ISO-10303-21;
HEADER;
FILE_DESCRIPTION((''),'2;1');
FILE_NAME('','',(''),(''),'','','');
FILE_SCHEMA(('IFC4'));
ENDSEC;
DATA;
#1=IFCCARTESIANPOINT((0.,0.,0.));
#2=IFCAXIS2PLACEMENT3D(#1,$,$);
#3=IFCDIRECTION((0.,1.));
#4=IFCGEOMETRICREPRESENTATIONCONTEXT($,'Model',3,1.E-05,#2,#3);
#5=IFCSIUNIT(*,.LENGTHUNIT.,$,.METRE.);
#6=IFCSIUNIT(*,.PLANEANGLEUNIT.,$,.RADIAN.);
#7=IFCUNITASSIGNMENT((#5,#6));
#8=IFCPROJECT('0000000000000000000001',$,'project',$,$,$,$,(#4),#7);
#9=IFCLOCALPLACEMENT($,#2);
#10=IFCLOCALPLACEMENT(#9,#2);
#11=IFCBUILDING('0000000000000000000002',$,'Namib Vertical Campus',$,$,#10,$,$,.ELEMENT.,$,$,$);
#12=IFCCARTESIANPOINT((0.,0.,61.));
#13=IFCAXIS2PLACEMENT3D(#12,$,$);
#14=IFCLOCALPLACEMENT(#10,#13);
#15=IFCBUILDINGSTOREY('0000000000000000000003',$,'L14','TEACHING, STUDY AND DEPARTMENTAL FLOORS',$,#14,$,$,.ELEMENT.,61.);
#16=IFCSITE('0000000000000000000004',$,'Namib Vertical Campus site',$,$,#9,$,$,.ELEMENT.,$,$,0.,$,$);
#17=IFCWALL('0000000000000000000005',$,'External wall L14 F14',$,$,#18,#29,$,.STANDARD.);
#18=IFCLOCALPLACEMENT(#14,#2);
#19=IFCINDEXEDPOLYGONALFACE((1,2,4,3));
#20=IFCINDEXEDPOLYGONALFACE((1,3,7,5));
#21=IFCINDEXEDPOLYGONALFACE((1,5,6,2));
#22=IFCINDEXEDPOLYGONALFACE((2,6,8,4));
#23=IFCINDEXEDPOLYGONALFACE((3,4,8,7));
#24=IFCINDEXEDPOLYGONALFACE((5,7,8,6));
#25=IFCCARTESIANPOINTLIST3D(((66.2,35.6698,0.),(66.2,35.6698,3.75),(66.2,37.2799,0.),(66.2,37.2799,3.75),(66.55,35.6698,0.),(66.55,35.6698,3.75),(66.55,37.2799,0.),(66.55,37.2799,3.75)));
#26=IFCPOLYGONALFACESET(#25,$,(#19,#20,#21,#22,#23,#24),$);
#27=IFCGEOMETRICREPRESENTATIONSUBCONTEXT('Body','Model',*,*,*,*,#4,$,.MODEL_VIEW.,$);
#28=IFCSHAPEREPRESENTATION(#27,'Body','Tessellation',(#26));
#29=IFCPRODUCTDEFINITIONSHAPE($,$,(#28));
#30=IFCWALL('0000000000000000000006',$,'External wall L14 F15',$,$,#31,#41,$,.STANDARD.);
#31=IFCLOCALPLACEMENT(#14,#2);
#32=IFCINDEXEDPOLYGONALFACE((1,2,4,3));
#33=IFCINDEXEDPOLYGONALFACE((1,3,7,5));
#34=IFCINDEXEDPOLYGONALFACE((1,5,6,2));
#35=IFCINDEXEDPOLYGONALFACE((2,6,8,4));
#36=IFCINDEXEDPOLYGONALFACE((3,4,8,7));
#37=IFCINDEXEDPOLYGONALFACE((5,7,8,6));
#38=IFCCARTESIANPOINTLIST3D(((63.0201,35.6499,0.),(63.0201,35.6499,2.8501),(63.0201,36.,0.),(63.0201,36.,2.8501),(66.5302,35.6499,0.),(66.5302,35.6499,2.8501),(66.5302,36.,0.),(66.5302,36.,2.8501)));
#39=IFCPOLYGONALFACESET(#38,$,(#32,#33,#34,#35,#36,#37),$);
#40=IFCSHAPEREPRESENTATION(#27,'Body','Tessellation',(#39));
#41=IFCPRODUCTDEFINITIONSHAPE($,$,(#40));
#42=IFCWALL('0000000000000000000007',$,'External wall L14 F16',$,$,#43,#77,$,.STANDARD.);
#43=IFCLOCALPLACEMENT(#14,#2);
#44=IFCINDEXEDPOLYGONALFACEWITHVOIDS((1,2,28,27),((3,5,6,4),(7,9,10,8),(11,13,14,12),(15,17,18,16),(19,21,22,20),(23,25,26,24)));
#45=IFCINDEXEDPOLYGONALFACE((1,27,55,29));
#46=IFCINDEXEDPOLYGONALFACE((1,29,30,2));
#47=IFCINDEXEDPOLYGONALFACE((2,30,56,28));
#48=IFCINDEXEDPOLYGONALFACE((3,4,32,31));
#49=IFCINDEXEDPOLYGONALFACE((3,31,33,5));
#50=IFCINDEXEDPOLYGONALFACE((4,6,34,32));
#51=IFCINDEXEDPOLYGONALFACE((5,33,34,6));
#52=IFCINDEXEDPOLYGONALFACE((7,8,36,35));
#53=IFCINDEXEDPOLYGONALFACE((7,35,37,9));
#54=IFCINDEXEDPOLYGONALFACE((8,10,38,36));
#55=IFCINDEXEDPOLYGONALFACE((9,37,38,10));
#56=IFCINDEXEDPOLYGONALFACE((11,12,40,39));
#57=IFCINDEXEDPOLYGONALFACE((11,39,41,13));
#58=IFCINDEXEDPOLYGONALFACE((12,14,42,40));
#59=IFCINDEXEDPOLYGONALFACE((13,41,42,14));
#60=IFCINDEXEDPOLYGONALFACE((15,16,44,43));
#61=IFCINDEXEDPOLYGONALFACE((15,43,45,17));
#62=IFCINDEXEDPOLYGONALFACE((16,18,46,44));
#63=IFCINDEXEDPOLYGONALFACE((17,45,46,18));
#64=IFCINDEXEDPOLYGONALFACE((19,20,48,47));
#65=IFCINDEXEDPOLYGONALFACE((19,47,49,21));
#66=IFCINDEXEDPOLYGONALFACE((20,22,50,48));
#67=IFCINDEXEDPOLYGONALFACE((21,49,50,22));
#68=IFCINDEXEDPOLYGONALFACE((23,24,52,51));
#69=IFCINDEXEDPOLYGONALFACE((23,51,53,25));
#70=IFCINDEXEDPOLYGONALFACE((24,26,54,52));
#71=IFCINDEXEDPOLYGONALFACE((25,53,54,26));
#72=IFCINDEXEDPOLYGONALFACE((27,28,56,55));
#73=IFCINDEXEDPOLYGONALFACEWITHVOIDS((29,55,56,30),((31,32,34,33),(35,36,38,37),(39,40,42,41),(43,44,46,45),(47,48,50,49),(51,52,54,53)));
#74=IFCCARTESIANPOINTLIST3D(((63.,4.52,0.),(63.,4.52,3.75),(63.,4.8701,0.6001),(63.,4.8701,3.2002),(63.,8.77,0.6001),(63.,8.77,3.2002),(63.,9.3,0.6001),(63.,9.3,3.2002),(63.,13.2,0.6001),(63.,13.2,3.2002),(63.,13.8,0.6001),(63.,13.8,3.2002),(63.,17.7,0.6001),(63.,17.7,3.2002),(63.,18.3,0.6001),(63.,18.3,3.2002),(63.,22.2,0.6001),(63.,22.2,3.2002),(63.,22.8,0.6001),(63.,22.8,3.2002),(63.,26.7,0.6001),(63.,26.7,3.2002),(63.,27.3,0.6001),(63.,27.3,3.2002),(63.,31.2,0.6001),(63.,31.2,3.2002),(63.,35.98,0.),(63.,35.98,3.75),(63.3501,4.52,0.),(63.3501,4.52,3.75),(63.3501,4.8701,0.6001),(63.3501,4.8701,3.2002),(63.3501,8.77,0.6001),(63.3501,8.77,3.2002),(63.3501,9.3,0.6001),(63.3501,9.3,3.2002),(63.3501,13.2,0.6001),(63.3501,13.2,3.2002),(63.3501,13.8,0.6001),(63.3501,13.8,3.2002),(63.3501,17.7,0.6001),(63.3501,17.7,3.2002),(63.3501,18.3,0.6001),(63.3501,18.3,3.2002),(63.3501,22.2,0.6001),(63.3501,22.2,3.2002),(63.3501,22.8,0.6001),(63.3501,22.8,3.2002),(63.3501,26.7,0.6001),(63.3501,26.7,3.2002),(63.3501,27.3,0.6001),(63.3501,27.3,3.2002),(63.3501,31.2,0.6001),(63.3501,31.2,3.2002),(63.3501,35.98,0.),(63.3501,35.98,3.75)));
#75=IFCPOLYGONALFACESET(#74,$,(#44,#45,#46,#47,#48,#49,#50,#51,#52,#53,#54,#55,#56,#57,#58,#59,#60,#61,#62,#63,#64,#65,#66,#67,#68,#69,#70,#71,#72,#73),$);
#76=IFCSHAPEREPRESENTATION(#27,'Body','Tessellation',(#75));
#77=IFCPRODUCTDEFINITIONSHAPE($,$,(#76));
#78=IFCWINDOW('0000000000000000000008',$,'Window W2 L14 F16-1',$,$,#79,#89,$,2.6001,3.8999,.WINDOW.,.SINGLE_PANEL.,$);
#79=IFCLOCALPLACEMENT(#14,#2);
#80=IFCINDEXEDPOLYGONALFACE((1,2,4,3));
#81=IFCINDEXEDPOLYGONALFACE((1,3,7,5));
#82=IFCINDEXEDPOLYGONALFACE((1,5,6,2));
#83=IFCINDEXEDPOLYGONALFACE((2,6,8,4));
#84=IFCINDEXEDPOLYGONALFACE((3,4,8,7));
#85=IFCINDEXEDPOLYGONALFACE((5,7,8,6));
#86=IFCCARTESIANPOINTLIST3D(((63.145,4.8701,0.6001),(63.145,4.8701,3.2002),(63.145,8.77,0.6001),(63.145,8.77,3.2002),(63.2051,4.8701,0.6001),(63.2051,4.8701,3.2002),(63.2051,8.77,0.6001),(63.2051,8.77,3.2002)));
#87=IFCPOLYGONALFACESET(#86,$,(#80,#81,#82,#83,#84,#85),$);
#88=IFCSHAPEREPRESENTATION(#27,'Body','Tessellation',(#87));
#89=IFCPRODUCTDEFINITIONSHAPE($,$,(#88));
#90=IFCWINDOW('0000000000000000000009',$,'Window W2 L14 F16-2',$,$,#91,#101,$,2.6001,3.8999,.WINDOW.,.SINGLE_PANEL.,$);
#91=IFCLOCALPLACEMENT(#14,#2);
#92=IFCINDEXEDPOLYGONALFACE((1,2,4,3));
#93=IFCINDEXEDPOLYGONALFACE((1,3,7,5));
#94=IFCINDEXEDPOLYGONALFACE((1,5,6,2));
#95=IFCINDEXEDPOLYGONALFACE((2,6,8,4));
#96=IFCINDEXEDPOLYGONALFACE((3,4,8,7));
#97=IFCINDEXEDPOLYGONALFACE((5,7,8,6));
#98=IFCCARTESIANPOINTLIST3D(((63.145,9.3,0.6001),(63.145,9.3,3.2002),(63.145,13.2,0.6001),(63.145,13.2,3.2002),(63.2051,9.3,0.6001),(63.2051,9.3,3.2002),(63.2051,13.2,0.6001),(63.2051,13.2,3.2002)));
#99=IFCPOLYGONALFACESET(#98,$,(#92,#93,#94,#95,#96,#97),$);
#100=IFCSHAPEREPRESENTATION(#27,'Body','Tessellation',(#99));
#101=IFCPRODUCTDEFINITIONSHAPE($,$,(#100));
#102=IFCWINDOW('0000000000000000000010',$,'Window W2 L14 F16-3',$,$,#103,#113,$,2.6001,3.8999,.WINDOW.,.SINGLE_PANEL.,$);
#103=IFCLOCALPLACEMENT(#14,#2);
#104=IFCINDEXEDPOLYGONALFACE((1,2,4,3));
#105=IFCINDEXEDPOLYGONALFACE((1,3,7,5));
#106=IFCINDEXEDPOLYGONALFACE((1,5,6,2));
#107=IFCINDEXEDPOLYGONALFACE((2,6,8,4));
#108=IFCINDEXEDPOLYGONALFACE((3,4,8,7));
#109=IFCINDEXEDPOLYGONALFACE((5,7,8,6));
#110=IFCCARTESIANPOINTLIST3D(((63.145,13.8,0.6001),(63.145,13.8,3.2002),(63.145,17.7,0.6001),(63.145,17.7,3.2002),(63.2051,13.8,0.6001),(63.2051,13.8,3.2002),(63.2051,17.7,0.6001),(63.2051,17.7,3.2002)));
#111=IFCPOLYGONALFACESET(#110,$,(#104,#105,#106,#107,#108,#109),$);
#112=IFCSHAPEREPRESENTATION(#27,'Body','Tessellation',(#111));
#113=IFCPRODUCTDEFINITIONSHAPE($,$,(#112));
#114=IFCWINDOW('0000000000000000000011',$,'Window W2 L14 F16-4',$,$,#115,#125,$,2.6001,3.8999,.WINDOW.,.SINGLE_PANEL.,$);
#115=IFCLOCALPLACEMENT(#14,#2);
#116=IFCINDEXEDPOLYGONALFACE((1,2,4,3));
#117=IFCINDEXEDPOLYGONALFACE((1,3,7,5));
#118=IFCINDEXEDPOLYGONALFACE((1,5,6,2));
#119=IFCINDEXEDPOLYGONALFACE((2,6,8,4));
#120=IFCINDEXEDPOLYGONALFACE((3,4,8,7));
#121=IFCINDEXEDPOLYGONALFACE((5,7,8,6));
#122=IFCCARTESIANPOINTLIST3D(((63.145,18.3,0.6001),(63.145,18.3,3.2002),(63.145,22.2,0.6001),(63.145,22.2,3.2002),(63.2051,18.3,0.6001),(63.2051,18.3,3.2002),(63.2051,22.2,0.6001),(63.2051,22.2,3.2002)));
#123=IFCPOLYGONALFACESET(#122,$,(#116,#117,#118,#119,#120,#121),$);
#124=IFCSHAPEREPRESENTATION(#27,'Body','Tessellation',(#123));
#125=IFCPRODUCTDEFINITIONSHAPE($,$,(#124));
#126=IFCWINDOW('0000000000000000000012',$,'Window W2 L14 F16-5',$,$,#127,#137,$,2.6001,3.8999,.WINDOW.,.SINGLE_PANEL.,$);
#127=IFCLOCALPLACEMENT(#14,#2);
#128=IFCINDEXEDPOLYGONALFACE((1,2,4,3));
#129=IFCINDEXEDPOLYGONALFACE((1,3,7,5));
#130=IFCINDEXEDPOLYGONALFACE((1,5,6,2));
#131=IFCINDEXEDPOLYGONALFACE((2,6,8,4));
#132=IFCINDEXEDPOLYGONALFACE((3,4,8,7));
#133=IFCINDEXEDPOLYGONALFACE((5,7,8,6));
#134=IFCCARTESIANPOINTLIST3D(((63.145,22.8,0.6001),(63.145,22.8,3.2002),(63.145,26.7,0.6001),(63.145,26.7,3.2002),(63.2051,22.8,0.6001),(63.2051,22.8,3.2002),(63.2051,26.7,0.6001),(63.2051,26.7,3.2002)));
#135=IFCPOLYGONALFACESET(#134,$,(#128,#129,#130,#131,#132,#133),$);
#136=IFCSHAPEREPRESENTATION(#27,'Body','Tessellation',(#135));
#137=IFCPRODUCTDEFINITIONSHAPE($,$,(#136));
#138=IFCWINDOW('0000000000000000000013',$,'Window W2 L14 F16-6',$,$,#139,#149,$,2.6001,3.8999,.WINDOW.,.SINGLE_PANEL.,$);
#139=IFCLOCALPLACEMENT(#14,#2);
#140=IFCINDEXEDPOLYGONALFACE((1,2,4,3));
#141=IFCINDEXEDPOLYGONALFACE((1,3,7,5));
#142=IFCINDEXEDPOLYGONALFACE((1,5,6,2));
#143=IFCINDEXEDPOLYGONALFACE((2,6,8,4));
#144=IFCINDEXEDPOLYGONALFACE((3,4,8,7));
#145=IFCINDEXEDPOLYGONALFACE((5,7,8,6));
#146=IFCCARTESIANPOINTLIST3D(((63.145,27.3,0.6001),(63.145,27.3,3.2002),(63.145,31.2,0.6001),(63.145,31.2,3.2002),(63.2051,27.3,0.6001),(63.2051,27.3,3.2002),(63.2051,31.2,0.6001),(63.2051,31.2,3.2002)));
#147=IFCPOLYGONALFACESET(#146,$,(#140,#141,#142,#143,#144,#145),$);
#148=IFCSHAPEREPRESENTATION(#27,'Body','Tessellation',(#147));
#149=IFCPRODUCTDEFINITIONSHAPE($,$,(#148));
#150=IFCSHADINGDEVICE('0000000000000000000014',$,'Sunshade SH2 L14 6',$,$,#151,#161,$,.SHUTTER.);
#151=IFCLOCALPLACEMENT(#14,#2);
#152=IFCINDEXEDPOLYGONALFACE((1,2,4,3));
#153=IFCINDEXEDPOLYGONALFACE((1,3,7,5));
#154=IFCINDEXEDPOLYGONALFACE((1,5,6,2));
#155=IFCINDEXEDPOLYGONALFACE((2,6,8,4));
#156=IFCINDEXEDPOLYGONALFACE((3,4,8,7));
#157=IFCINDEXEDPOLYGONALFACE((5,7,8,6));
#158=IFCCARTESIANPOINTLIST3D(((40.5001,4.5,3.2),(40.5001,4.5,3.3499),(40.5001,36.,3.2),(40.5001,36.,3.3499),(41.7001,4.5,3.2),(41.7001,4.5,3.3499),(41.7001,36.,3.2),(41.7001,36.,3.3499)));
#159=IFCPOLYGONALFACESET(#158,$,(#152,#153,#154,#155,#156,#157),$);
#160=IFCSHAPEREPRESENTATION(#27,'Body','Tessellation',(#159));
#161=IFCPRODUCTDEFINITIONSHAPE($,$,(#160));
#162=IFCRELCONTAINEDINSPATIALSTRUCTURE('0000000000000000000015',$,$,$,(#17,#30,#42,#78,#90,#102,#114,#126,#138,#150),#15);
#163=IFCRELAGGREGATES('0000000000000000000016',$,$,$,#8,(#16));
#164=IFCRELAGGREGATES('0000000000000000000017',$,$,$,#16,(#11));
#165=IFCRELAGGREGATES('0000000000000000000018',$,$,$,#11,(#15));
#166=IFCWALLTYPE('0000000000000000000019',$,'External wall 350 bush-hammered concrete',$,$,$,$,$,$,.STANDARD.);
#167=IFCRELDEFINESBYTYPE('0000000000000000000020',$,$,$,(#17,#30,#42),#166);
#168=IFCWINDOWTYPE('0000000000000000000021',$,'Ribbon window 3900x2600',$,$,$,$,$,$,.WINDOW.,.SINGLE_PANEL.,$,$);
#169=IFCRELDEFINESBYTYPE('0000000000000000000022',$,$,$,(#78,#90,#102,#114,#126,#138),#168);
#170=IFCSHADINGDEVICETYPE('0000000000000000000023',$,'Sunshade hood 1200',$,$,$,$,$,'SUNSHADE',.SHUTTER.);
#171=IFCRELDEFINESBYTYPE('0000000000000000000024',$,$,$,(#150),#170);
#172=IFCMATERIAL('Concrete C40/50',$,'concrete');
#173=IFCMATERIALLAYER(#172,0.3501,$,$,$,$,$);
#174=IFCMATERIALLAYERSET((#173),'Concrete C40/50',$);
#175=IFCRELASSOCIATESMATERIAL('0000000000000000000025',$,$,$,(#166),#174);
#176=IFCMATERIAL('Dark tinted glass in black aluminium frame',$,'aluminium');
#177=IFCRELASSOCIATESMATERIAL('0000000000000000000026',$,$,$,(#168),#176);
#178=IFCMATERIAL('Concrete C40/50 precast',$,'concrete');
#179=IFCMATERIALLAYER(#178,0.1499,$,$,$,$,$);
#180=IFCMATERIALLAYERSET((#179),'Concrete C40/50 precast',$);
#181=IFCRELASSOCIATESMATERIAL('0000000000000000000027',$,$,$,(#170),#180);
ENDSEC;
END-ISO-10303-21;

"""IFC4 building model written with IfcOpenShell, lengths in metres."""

from ifc_helpers import new_model, si_unit, direction, frame, frame_2d, origin, origin_2d, place, context, subcontext, project, spatial, rectangle, extrude, material, layer, layer_set, type_object, element, fill, save


model = new_model("IFC4")

# Units and contexts
model_context = context("Model", 3, precision=1e-05, world=origin(), true_north=direction((0.0, 1.0)))
body_context = subcontext(model_context, "Body", "Model", "MODEL_VIEW")
ifc_project = project(units=[si_unit("LENGTHUNIT", "METRE"), si_unit("PLANEANGLEUNIT", "RADIAN")], contexts=[model_context])

# Site, building, storey
site_placement = place(None, origin())
site = spatial("IfcSite", under=ifc_project, at=site_placement, Name="Namib Vertical Campus site", CompositionType="ELEMENT", RefElevation=0.0)
building_placement = place(site_placement, origin())
building = spatial("IfcBuilding", under=site, at=building_placement, Name="Namib Vertical Campus", CompositionType="ELEMENT")
storey_placement = place(building_placement, frame((0.0, 0.0, 61.0)))
storey = spatial("IfcBuildingStorey", under=building, at=storey_placement, Name="L14", Description="TEACHING, STUDY AND DEPARTMENTAL FLOORS", CompositionType="ELEMENT", Elevation=61.0)

# Walls
ifc_material_1 = material(Name="Concrete C40/50", Category="concrete")
ifc_layer_1 = layer(ifc_material_1, 0.3501)
ifc_layer_set_1 = layer_set([ifc_layer_1], Name="Concrete C40/50")
wall_type_1 = type_object("IfcWallType", Name="External wall 350 bush-hammered concrete", PredefinedType="STANDARD", material=ifc_layer_set_1)
wall_1_placement = place(storey_placement, frame((66.375, 37.28, 0.0), z_axis=(0.0, 0.0, 1.0), x_axis=(0.0, -1.0, 0.0)))
element("IfcWall", 1, at=wall_1_placement, inside=storey, type_object=wall_type_1, Name="External wall L14 F14", PredefinedType="STANDARD", context=body_context, shape_type="SweptSolid", body=[
    extrude(rectangle(XDim=1.6101, YDim=0.3501, at=frame_2d((0.8052, 0.0))), origin(), (0.0, 0.0, 1.0), 3.75),
])
wall_2_placement = place(storey_placement, frame((66.53, 35.825, 0.0), z_axis=(0.0, 0.0, 1.0), x_axis=(-1.0, 0.0, 0.0)))
element("IfcWall", 2, at=wall_2_placement, inside=storey, type_object=wall_type_1, Name="External wall L14 F15", PredefinedType="STANDARD", context=body_context, shape_type="SweptSolid", body=[
    extrude(rectangle(XDim=3.51, YDim=0.3501, at=frame_2d((1.7549, 0.0))), origin(), (0.0, 0.0, 1.0), 2.8501),
])

# Wall, openings, windows
wall_3_placement = place(storey_placement, frame((63.175, 35.98, 0.0), z_axis=(0.0, 0.0, 1.0), x_axis=(0.0, -1.0, 0.0)))
wall_3 = element("IfcWall", 3, at=wall_3_placement, inside=storey, type_object=wall_type_1, Name="External wall L14 F16", PredefinedType="STANDARD", context=body_context, shape_type="SweptSolid", body=[
    extrude(rectangle(XDim=31.46, YDim=0.3501, at=frame_2d((15.73, 0.0))), origin(), (0.0, 0.0, 1.0), 3.75),
])
opening_1_placement = place(wall_3_placement, frame((27.21, 0.0, 0.6001)))
opening_1 = element("IfcOpeningElement", 4, at=opening_1_placement, cuts=wall_3, PredefinedType="OPENING", context=body_context, shape_type="SweptSolid", body=[
    extrude(rectangle(XDim=3.8999, YDim=2.6001, at=frame_2d((1.95, 1.3))), frame((0.0, 0.1851, 0.0), z_axis=(0.0, -1.0, 0.0), x_axis=(1.0, 0.0, 0.0)), (0.0, 0.0, 1.0), 0.3701),
])
opening_2_placement = place(wall_3_placement, frame((22.78, 0.0, 0.6001)))
opening_2 = element("IfcOpeningElement", 5, at=opening_2_placement, cuts=wall_3, PredefinedType="OPENING", context=body_context, shape_type="SweptSolid", body=[
    extrude(rectangle(XDim=3.8999, YDim=2.6001, at=frame_2d((1.95, 1.3))), frame((0.0, 0.1851, 0.0), z_axis=(0.0, -1.0, 0.0), x_axis=(1.0, 0.0, 0.0)), (0.0, 0.0, 1.0), 0.3701),
])
opening_3_placement = place(wall_3_placement, frame((18.28, 0.0, 0.6001)))
opening_3 = element("IfcOpeningElement", 6, at=opening_3_placement, cuts=wall_3, PredefinedType="OPENING", context=body_context, shape_type="SweptSolid", body=[
    extrude(rectangle(XDim=3.8999, YDim=2.6001, at=frame_2d((1.95, 1.3))), frame((0.0, 0.1851, 0.0), z_axis=(0.0, -1.0, 0.0), x_axis=(1.0, 0.0, 0.0)), (0.0, 0.0, 1.0), 0.3701),
])
opening_4_placement = place(wall_3_placement, frame((13.78, 0.0, 0.6001)))
opening_4 = element("IfcOpeningElement", 7, at=opening_4_placement, cuts=wall_3, PredefinedType="OPENING", context=body_context, shape_type="SweptSolid", body=[
    extrude(rectangle(XDim=3.8999, YDim=2.6001, at=frame_2d((1.95, 1.3))), frame((0.0, 0.1851, 0.0), z_axis=(0.0, -1.0, 0.0), x_axis=(1.0, 0.0, 0.0)), (0.0, 0.0, 1.0), 0.3701),
])
opening_5_placement = place(wall_3_placement, frame((9.28, 0.0, 0.6001)))
opening_5 = element("IfcOpeningElement", 8, at=opening_5_placement, cuts=wall_3, PredefinedType="OPENING", context=body_context, shape_type="SweptSolid", body=[
    extrude(rectangle(XDim=3.8999, YDim=2.6001, at=frame_2d((1.95, 1.3))), frame((0.0, 0.1851, 0.0), z_axis=(0.0, -1.0, 0.0), x_axis=(1.0, 0.0, 0.0)), (0.0, 0.0, 1.0), 0.3701),
])
opening_6_placement = place(wall_3_placement, frame((4.78, 0.0, 0.6001)))
opening_6 = element("IfcOpeningElement", 9, at=opening_6_placement, cuts=wall_3, PredefinedType="OPENING", context=body_context, shape_type="SweptSolid", body=[
    extrude(rectangle(XDim=3.8999, YDim=2.6001, at=frame_2d((1.95, 1.3))), frame((0.0, 0.1851, 0.0), z_axis=(0.0, -1.0, 0.0), x_axis=(1.0, 0.0, 0.0)), (0.0, 0.0, 1.0), 0.3701),
])
ifc_material_2 = material(Name="Dark tinted glass in black aluminium frame", Category="aluminium")
window_type = type_object("IfcWindowType", Name="Ribbon window 3900x2600", PartitioningType="SINGLE_PANEL", PredefinedType="WINDOW", material=ifc_material_2)
window_1_placement = place(opening_1_placement, origin())
window_1 = element("IfcWindow", 10, at=window_1_placement, inside=storey, type_object=window_type, Name="Window W2 L14 F16-1", OverallHeight=2.6001, OverallWidth=3.8999, PartitioningType="SINGLE_PANEL", PredefinedType="WINDOW", context=body_context, shape_type="SweptSolid", body=[
    extrude(rectangle(XDim=3.8999, YDim=2.6001, at=frame_2d((1.95, 1.3))), frame((0.0, 0.03, 0.0), z_axis=(0.0, -1.0, 0.0), x_axis=(1.0, 0.0, 0.0)), (0.0, 0.0, 1.0), 0.0601),
])
fill(opening_1, window_1)
window_2_placement = place(opening_2_placement, origin())
window_2 = element("IfcWindow", 11, at=window_2_placement, inside=storey, type_object=window_type, Name="Window W2 L14 F16-2", OverallHeight=2.6001, OverallWidth=3.8999, PartitioningType="SINGLE_PANEL", PredefinedType="WINDOW", context=body_context, shape_type="SweptSolid", body=[
    extrude(rectangle(XDim=3.8999, YDim=2.6001, at=frame_2d((1.95, 1.3))), frame((0.0, 0.03, 0.0), z_axis=(0.0, -1.0, 0.0), x_axis=(1.0, 0.0, 0.0)), (0.0, 0.0, 1.0), 0.0601),
])
fill(opening_2, window_2)
window_3_placement = place(opening_3_placement, origin())
window_3 = element("IfcWindow", 12, at=window_3_placement, inside=storey, type_object=window_type, Name="Window W2 L14 F16-3", OverallHeight=2.6001, OverallWidth=3.8999, PartitioningType="SINGLE_PANEL", PredefinedType="WINDOW", context=body_context, shape_type="SweptSolid", body=[
    extrude(rectangle(XDim=3.8999, YDim=2.6001, at=frame_2d((1.95, 1.3))), frame((0.0, 0.03, 0.0), z_axis=(0.0, -1.0, 0.0), x_axis=(1.0, 0.0, 0.0)), (0.0, 0.0, 1.0), 0.0601),
])
fill(opening_3, window_3)
window_4_placement = place(opening_4_placement, origin())
window_4 = element("IfcWindow", 13, at=window_4_placement, inside=storey, type_object=window_type, Name="Window W2 L14 F16-4", OverallHeight=2.6001, OverallWidth=3.8999, PartitioningType="SINGLE_PANEL", PredefinedType="WINDOW", context=body_context, shape_type="SweptSolid", body=[
    extrude(rectangle(XDim=3.8999, YDim=2.6001, at=frame_2d((1.95, 1.3))), frame((0.0, 0.03, 0.0), z_axis=(0.0, -1.0, 0.0), x_axis=(1.0, 0.0, 0.0)), (0.0, 0.0, 1.0), 0.0601),
])
fill(opening_4, window_4)
window_5_placement = place(opening_5_placement, origin())
window_5 = element("IfcWindow", 14, at=window_5_placement, inside=storey, type_object=window_type, Name="Window W2 L14 F16-5", OverallHeight=2.6001, OverallWidth=3.8999, PartitioningType="SINGLE_PANEL", PredefinedType="WINDOW", context=body_context, shape_type="SweptSolid", body=[
    extrude(rectangle(XDim=3.8999, YDim=2.6001, at=frame_2d((1.95, 1.3))), frame((0.0, 0.03, 0.0), z_axis=(0.0, -1.0, 0.0), x_axis=(1.0, 0.0, 0.0)), (0.0, 0.0, 1.0), 0.0601),
])
fill(opening_5, window_5)
window_6_placement = place(opening_6_placement, origin())
window_6 = element("IfcWindow", 15, at=window_6_placement, inside=storey, type_object=window_type, Name="Window W2 L14 F16-6", OverallHeight=2.6001, OverallWidth=3.8999, PartitioningType="SINGLE_PANEL", PredefinedType="WINDOW", context=body_context, shape_type="SweptSolid", body=[
    extrude(rectangle(XDim=3.8999, YDim=2.6001, at=frame_2d((1.95, 1.3))), frame((0.0, 0.03, 0.0), z_axis=(0.0, -1.0, 0.0), x_axis=(1.0, 0.0, 0.0)), (0.0, 0.0, 1.0), 0.0601),
])
fill(opening_6, window_6)

# Shading device
ifc_material_3 = material(Name="Concrete C40/50 precast", Category="concrete")
ifc_layer_2 = layer(ifc_material_3, 0.1499)
ifc_layer_set_2 = layer_set([ifc_layer_2], Name="Concrete C40/50 precast")
shading_device_type = type_object("IfcShadingDeviceType", Name="Sunshade hood 1200", ElementType="SUNSHADE", PredefinedType="SHUTTER", material=ifc_layer_set_2)
shading_device_1_placement = place(storey_placement, frame((41.1001, 20.25, 3.2), z_axis=(0.0, 0.0, 1.0), x_axis=(0.0, 1.0, 0.0)))
element("IfcShadingDevice", 16, at=shading_device_1_placement, inside=storey, type_object=shading_device_type, Name="Sunshade SH2 L14 6", PredefinedType="SHUTTER", context=body_context, shape_type="SweptSolid", body=[
    extrude(rectangle(XDim=31.5, YDim=1.2, at=origin_2d()), origin(), (0.0, 0.0, 1.0), 0.1499),
])

save(model, "model.ifc")
